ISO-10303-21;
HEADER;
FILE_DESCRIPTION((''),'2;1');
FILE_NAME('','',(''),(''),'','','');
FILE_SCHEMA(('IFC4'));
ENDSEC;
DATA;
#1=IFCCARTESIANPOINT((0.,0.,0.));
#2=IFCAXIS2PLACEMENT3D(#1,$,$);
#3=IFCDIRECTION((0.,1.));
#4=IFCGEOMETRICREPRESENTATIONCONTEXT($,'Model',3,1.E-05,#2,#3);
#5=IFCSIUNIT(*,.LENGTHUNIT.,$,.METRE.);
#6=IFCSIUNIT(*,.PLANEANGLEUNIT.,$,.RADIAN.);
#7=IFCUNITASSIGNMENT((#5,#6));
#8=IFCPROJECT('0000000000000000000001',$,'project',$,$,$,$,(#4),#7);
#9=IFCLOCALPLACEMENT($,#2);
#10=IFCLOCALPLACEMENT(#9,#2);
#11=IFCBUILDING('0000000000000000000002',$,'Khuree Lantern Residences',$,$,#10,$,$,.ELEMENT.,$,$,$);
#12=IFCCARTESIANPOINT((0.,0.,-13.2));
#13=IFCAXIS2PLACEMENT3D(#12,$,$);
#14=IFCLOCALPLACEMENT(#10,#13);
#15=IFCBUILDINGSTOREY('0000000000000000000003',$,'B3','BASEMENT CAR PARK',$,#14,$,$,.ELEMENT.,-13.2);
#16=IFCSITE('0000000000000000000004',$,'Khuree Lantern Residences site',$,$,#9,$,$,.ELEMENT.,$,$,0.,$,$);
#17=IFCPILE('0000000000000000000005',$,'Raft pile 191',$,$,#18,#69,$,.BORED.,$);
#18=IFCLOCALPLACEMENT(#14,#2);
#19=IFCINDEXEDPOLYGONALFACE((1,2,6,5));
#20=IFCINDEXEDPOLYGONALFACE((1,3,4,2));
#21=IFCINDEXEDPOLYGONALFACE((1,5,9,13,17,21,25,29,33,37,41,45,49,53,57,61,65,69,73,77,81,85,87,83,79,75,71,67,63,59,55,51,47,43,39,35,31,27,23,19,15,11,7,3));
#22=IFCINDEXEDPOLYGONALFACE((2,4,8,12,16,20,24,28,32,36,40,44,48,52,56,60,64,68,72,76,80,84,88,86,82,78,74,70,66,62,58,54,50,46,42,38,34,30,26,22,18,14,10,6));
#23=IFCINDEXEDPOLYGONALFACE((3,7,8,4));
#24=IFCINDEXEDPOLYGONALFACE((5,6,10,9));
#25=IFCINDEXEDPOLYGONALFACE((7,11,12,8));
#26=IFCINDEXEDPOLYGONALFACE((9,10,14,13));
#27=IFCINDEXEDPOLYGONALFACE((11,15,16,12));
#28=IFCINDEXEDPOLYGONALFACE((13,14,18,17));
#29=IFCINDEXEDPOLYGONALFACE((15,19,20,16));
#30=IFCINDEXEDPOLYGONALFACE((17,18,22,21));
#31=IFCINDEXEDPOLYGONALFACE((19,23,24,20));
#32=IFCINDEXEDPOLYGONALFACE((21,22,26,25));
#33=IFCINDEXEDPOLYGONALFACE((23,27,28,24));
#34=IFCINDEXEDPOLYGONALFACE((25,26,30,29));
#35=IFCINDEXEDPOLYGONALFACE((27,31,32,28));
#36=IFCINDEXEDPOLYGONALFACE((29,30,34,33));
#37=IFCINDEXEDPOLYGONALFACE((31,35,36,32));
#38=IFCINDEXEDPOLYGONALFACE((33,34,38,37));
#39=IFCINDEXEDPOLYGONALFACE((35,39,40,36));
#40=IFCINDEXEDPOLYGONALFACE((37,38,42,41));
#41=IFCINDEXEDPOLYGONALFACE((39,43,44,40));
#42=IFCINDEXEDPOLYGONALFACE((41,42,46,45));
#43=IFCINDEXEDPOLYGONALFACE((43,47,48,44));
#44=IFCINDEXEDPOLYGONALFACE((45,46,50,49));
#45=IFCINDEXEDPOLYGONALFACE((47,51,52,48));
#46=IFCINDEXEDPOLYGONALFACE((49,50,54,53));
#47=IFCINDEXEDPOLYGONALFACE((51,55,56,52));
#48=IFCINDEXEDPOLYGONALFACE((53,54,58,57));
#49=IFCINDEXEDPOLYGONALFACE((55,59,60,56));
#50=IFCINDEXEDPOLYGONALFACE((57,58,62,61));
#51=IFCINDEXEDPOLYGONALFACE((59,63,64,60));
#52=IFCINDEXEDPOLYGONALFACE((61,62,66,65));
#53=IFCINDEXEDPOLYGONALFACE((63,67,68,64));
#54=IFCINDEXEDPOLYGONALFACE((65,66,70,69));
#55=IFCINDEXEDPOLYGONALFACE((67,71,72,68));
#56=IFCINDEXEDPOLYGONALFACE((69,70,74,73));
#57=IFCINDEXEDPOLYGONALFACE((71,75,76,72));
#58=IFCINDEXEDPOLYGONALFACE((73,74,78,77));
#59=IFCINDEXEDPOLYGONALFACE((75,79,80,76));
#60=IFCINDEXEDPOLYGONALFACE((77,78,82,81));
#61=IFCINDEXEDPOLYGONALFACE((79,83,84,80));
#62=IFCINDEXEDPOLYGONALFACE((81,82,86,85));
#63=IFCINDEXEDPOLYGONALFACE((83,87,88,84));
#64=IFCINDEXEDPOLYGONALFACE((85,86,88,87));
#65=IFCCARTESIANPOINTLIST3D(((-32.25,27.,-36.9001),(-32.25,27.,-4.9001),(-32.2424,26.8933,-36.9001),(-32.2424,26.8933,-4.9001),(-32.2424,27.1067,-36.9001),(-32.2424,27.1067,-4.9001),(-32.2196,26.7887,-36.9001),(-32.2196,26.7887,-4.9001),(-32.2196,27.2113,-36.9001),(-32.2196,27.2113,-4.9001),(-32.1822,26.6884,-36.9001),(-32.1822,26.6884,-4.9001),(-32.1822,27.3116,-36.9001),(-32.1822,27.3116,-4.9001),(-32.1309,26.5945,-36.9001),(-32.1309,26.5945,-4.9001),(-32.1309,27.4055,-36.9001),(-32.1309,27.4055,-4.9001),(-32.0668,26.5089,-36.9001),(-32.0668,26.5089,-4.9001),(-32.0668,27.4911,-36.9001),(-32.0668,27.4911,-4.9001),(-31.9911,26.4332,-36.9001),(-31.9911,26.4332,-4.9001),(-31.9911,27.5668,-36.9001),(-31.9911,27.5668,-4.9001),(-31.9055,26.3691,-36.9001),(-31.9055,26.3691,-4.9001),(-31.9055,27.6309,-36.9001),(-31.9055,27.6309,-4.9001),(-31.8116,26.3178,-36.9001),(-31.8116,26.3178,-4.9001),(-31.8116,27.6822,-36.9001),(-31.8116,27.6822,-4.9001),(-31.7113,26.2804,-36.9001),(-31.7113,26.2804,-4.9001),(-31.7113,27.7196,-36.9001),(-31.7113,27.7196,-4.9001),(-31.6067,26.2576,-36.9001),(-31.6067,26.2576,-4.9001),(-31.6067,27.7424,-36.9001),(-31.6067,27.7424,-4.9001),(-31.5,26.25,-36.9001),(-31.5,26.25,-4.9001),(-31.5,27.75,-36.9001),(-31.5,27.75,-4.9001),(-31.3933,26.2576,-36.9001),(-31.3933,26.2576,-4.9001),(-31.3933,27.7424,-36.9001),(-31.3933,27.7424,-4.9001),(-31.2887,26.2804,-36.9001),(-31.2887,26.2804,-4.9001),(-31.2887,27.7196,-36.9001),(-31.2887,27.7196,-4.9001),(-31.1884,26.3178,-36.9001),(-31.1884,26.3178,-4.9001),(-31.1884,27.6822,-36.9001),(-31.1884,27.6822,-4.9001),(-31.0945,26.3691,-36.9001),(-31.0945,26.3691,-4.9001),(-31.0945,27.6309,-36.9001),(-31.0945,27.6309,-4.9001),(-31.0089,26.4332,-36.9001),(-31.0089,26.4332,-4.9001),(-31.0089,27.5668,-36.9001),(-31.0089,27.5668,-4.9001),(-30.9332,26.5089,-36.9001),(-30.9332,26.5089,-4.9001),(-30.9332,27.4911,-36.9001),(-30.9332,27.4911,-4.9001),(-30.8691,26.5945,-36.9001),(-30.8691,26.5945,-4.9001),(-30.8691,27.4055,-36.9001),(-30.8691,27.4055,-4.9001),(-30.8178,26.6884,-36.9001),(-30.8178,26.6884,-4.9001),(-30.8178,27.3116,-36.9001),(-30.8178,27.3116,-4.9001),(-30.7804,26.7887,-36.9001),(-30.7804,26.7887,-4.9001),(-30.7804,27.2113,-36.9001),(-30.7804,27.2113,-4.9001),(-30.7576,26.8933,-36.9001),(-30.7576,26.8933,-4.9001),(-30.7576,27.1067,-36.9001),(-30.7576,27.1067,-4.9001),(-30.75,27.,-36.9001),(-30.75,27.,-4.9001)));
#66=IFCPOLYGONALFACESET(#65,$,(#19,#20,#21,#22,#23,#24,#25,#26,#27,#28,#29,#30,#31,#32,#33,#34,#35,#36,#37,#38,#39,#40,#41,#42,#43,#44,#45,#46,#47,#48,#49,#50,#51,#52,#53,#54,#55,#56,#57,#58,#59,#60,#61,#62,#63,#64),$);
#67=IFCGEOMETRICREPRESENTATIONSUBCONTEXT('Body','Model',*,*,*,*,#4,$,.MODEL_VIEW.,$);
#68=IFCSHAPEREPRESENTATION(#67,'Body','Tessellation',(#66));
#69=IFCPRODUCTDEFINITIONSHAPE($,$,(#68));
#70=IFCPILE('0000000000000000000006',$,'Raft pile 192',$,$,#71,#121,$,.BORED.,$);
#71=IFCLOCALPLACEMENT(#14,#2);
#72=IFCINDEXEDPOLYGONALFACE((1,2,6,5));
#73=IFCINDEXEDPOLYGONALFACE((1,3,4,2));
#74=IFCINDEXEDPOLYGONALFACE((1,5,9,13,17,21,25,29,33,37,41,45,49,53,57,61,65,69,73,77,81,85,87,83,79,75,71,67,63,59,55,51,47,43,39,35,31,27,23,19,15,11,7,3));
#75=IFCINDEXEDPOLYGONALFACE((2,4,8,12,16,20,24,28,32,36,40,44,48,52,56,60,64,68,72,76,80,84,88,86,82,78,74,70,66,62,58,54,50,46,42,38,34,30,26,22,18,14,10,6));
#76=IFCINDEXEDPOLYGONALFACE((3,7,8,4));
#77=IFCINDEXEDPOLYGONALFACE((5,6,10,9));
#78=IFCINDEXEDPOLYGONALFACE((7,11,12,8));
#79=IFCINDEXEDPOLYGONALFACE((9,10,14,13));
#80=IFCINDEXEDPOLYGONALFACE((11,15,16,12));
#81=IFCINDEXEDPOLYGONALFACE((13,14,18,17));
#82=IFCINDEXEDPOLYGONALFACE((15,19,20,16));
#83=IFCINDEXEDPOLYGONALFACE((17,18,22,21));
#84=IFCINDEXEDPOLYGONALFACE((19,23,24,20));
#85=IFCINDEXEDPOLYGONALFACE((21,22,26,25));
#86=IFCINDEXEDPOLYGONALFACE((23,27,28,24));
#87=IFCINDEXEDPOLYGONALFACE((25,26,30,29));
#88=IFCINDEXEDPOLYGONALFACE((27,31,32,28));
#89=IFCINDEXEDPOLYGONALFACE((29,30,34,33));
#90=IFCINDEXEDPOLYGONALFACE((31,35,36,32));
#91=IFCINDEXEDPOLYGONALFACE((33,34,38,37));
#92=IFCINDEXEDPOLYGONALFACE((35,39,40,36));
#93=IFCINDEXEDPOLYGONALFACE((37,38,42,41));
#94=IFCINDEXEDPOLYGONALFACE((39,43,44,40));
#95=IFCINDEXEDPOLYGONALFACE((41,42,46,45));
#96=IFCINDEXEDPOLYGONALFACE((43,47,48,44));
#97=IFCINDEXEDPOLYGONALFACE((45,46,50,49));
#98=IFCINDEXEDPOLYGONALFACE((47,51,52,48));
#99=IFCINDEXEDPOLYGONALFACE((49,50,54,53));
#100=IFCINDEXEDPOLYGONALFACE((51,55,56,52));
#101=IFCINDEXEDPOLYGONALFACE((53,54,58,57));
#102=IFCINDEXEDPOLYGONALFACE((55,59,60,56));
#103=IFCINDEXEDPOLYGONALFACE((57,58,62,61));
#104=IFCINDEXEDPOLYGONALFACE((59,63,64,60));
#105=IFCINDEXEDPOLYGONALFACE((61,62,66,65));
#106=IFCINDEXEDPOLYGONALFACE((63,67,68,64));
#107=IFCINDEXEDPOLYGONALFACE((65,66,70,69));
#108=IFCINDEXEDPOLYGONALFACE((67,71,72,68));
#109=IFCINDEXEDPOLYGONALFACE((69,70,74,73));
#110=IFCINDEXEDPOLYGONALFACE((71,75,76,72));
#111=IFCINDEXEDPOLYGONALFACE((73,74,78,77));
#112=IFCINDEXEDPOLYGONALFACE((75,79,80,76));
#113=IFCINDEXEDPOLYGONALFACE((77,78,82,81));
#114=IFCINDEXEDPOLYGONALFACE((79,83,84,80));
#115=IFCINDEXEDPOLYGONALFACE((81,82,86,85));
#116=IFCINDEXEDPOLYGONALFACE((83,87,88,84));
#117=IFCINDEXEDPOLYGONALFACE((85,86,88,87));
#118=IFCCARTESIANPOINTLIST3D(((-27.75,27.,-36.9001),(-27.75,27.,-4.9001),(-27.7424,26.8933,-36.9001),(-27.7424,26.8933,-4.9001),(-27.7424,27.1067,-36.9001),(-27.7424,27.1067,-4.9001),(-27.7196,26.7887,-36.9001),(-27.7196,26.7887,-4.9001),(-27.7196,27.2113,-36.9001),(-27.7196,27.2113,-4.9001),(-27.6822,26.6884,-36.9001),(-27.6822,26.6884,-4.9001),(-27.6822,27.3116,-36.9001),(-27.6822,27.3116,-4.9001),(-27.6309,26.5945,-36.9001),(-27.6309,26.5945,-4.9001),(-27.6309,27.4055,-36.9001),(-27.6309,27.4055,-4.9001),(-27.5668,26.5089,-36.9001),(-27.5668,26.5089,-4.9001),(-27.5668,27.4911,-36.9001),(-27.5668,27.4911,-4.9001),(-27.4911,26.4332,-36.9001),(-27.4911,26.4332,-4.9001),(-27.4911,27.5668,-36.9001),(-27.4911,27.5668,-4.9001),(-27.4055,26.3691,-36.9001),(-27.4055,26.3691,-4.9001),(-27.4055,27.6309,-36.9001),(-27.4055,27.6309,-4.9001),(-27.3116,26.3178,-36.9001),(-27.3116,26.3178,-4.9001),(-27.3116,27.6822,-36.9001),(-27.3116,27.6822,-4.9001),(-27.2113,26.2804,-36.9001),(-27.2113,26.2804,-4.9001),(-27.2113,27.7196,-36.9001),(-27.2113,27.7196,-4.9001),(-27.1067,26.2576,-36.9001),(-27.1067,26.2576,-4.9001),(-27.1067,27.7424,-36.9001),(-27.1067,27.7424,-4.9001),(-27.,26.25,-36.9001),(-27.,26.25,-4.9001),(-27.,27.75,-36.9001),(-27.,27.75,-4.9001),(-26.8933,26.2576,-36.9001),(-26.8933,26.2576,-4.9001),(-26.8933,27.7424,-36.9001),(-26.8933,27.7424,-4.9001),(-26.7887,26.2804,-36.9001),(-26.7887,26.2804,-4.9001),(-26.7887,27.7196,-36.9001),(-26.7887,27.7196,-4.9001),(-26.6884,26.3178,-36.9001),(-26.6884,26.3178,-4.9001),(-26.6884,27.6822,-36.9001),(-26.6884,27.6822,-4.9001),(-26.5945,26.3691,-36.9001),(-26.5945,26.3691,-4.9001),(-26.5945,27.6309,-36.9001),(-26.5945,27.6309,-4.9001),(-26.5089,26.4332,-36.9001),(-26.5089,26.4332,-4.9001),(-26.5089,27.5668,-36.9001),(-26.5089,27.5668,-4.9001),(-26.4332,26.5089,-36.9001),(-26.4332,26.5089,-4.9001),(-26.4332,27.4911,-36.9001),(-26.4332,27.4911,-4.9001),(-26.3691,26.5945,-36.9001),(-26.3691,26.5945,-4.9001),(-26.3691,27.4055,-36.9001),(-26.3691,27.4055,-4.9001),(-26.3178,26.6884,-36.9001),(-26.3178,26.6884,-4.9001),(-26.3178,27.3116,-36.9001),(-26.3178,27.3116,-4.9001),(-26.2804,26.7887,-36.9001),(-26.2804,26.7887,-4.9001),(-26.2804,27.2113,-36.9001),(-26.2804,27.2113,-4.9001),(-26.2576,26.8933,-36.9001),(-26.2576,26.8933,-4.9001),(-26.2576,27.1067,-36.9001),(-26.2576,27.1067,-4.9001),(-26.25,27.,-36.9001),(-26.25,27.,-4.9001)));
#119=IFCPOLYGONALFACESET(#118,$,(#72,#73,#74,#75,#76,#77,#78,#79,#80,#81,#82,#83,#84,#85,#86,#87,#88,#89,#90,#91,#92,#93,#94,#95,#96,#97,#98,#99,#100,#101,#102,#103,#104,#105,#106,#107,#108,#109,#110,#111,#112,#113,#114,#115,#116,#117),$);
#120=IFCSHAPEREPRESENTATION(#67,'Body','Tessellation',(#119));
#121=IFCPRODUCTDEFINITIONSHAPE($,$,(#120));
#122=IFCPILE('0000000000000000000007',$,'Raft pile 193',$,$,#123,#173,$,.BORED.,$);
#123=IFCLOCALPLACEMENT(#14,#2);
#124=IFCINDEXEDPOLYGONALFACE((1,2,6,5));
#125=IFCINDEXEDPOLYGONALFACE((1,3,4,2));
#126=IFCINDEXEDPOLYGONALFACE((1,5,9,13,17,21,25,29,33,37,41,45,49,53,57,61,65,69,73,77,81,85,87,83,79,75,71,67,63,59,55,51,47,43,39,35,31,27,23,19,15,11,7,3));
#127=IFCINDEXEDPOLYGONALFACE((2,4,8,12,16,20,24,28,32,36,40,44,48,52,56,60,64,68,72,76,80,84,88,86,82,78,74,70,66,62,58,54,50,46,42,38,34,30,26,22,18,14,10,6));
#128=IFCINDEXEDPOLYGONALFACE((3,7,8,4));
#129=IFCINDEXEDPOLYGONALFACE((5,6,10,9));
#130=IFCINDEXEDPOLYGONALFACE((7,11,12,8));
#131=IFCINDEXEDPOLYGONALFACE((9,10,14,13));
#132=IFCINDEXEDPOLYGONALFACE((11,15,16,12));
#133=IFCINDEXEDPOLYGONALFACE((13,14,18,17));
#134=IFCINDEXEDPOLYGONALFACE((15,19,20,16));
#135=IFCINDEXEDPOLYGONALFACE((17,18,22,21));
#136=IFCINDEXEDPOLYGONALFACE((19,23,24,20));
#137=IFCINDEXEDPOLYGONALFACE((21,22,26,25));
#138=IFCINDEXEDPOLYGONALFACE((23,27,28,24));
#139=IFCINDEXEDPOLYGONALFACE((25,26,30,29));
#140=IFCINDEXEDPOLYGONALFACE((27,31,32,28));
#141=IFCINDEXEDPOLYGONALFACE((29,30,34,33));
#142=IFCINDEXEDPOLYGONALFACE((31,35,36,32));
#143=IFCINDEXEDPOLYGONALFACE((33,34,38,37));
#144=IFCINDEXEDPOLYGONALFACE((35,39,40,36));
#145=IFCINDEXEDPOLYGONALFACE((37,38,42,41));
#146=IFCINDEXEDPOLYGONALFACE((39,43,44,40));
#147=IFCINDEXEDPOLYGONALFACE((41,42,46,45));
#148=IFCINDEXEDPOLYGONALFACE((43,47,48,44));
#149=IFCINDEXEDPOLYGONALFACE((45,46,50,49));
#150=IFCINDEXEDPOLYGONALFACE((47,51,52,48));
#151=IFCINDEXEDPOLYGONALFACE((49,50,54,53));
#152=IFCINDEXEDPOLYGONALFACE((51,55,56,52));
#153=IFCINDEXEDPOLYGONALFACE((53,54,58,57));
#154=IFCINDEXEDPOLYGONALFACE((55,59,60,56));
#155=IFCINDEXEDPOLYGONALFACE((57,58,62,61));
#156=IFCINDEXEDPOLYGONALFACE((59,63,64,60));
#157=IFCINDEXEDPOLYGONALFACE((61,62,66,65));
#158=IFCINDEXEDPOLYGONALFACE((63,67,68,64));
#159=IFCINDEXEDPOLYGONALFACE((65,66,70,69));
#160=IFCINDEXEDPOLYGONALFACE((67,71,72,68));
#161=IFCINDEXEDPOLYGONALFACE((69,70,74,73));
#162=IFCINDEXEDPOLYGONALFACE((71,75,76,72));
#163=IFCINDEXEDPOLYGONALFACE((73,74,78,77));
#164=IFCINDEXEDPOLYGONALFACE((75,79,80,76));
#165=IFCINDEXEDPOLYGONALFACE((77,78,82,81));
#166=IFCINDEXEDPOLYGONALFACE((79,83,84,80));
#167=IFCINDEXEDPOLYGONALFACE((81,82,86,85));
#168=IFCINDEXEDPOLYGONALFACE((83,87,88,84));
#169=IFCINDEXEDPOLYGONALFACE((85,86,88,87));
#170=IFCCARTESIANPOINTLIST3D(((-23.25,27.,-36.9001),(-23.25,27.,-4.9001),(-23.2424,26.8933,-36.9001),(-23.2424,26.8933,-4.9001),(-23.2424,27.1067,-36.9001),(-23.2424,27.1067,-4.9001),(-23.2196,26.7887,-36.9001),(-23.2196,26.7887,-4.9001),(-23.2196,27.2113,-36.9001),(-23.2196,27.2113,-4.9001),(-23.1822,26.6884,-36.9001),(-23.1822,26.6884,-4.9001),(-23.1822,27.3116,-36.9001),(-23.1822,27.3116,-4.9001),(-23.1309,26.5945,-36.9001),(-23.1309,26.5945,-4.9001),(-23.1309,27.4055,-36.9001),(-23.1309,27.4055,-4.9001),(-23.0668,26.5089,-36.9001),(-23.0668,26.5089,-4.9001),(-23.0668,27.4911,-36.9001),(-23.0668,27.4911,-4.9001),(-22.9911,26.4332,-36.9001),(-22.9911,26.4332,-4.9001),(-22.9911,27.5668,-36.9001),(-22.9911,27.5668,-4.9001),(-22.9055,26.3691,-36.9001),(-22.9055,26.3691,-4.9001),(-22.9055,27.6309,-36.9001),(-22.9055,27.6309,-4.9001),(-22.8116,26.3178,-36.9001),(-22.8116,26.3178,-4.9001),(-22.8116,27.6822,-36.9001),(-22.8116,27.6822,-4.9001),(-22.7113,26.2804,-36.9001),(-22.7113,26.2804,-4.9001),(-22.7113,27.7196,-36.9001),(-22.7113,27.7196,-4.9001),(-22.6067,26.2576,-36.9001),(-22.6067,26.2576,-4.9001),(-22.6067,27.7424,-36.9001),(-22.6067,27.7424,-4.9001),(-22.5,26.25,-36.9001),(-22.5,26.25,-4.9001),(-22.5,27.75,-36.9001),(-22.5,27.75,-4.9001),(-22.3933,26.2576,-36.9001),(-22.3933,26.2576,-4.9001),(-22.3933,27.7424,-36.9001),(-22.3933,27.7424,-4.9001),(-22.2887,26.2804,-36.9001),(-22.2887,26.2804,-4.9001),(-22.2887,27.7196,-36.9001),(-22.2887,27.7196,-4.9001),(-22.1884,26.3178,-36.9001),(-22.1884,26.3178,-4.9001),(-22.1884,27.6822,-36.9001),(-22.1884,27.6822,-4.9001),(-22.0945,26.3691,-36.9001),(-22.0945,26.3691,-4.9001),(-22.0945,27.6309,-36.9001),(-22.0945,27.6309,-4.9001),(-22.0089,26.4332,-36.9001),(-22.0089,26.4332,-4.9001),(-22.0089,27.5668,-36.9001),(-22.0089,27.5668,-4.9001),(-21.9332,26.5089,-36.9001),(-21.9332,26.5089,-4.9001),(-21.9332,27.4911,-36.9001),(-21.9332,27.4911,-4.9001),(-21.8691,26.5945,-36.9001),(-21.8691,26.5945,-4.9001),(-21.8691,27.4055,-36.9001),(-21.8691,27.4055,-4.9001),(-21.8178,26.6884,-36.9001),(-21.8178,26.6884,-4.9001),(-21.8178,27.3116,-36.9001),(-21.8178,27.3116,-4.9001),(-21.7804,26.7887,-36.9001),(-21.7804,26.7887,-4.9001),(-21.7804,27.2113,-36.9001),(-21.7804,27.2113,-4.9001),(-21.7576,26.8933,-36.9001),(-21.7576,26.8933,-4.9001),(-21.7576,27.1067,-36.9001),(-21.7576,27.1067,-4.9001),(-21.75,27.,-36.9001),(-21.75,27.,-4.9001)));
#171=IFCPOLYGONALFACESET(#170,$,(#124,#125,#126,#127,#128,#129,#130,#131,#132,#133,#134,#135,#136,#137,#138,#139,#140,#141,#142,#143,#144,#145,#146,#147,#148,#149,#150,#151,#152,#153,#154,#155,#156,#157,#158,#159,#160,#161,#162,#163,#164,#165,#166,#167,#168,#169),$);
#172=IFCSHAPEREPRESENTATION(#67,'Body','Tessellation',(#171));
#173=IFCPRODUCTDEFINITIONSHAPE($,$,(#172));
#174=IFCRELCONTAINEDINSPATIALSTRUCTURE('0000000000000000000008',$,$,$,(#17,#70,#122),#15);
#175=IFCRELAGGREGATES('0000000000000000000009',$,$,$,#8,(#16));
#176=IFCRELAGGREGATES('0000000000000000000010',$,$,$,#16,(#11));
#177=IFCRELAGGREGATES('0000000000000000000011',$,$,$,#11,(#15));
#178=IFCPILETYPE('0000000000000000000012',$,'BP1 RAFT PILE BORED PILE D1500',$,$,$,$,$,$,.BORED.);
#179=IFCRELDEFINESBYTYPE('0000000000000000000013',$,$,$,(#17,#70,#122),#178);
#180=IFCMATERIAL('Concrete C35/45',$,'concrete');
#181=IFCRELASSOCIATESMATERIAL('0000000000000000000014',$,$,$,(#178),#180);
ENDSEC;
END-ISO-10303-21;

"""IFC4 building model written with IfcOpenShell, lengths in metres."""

from ifc_helpers import new_model, si_unit, direction, frame, origin, origin_2d, place, context, subcontext, project, spatial, circle, extrude, material, material_profile, profile_set, type_object, element, save


model = new_model("IFC4")

# Units and contexts
model_context = context("Model", 3, precision=1e-05, world=origin(), true_north=direction((0.0, 1.0)))
body_context = subcontext(model_context, "Body", "Model", "MODEL_VIEW")
ifc_project = project(units=[si_unit("LENGTHUNIT", "METRE"), si_unit("PLANEANGLEUNIT", "RADIAN")], contexts=[model_context])

# Site, building, storey
site_placement = place(None, origin())
site = spatial("IfcSite", under=ifc_project, at=site_placement, Name="Khuree Lantern Residences site", CompositionType="ELEMENT", RefElevation=0.0)
building_placement = place(site_placement, origin())
building = spatial("IfcBuilding", under=site, at=building_placement, Name="Khuree Lantern Residences", CompositionType="ELEMENT")
storey_placement = place(building_placement, frame((0.0, 0.0, -13.2)))
storey = spatial("IfcBuildingStorey", under=building, at=storey_placement, Name="B3", Description="BASEMENT CAR PARK", CompositionType="ELEMENT", Elevation=-13.2)

# Piles
ifc_material_1 = material(Name="Concrete C35/45", Category="concrete")
ifc_material_profile_1 = material_profile(ifc_material_1, circle(Radius=0.75, at=origin_2d()), Name="BORED PILE D1500")
ifc_profile_set_1 = profile_set([ifc_material_profile_1], Name="Concrete C35/45")
pile_type_1 = type_object("IfcPileType", Name="BP1 RAFT PILE BORED PILE D1500", PredefinedType="BORED", material=ifc_profile_set_1)
for number, where, z_axis, x_axis, name in (
    (1, (-31.5, 27.0, -4.9001), (0.0, 0.0, -1.0), (1.0, 0.0, 0.0), "Raft pile 191"),
    (2, (-27.0, 27.0, -4.9001), (0.0, 0.0, -1.0), (1.0, 0.0, 0.0), "Raft pile 192"),
    (3, (-22.5, 27.0, -4.9001), (0.0, 0.0, -1.0), (1.0, 0.0, 0.0), "Raft pile 193"),
):
    element("IfcPile", number, at=place(storey_placement, frame(where, z_axis=z_axis, x_axis=x_axis)), inside=storey, type_object=pile_type_1, Name=name, PredefinedType="BORED", context=body_context, shape_type="SweptSolid", body=[
        extrude(circle(Radius=0.75, at=origin_2d()), origin(), (0.0, 0.0, 1.0), 32.0),
    ])

save(model, "model.ifc")
